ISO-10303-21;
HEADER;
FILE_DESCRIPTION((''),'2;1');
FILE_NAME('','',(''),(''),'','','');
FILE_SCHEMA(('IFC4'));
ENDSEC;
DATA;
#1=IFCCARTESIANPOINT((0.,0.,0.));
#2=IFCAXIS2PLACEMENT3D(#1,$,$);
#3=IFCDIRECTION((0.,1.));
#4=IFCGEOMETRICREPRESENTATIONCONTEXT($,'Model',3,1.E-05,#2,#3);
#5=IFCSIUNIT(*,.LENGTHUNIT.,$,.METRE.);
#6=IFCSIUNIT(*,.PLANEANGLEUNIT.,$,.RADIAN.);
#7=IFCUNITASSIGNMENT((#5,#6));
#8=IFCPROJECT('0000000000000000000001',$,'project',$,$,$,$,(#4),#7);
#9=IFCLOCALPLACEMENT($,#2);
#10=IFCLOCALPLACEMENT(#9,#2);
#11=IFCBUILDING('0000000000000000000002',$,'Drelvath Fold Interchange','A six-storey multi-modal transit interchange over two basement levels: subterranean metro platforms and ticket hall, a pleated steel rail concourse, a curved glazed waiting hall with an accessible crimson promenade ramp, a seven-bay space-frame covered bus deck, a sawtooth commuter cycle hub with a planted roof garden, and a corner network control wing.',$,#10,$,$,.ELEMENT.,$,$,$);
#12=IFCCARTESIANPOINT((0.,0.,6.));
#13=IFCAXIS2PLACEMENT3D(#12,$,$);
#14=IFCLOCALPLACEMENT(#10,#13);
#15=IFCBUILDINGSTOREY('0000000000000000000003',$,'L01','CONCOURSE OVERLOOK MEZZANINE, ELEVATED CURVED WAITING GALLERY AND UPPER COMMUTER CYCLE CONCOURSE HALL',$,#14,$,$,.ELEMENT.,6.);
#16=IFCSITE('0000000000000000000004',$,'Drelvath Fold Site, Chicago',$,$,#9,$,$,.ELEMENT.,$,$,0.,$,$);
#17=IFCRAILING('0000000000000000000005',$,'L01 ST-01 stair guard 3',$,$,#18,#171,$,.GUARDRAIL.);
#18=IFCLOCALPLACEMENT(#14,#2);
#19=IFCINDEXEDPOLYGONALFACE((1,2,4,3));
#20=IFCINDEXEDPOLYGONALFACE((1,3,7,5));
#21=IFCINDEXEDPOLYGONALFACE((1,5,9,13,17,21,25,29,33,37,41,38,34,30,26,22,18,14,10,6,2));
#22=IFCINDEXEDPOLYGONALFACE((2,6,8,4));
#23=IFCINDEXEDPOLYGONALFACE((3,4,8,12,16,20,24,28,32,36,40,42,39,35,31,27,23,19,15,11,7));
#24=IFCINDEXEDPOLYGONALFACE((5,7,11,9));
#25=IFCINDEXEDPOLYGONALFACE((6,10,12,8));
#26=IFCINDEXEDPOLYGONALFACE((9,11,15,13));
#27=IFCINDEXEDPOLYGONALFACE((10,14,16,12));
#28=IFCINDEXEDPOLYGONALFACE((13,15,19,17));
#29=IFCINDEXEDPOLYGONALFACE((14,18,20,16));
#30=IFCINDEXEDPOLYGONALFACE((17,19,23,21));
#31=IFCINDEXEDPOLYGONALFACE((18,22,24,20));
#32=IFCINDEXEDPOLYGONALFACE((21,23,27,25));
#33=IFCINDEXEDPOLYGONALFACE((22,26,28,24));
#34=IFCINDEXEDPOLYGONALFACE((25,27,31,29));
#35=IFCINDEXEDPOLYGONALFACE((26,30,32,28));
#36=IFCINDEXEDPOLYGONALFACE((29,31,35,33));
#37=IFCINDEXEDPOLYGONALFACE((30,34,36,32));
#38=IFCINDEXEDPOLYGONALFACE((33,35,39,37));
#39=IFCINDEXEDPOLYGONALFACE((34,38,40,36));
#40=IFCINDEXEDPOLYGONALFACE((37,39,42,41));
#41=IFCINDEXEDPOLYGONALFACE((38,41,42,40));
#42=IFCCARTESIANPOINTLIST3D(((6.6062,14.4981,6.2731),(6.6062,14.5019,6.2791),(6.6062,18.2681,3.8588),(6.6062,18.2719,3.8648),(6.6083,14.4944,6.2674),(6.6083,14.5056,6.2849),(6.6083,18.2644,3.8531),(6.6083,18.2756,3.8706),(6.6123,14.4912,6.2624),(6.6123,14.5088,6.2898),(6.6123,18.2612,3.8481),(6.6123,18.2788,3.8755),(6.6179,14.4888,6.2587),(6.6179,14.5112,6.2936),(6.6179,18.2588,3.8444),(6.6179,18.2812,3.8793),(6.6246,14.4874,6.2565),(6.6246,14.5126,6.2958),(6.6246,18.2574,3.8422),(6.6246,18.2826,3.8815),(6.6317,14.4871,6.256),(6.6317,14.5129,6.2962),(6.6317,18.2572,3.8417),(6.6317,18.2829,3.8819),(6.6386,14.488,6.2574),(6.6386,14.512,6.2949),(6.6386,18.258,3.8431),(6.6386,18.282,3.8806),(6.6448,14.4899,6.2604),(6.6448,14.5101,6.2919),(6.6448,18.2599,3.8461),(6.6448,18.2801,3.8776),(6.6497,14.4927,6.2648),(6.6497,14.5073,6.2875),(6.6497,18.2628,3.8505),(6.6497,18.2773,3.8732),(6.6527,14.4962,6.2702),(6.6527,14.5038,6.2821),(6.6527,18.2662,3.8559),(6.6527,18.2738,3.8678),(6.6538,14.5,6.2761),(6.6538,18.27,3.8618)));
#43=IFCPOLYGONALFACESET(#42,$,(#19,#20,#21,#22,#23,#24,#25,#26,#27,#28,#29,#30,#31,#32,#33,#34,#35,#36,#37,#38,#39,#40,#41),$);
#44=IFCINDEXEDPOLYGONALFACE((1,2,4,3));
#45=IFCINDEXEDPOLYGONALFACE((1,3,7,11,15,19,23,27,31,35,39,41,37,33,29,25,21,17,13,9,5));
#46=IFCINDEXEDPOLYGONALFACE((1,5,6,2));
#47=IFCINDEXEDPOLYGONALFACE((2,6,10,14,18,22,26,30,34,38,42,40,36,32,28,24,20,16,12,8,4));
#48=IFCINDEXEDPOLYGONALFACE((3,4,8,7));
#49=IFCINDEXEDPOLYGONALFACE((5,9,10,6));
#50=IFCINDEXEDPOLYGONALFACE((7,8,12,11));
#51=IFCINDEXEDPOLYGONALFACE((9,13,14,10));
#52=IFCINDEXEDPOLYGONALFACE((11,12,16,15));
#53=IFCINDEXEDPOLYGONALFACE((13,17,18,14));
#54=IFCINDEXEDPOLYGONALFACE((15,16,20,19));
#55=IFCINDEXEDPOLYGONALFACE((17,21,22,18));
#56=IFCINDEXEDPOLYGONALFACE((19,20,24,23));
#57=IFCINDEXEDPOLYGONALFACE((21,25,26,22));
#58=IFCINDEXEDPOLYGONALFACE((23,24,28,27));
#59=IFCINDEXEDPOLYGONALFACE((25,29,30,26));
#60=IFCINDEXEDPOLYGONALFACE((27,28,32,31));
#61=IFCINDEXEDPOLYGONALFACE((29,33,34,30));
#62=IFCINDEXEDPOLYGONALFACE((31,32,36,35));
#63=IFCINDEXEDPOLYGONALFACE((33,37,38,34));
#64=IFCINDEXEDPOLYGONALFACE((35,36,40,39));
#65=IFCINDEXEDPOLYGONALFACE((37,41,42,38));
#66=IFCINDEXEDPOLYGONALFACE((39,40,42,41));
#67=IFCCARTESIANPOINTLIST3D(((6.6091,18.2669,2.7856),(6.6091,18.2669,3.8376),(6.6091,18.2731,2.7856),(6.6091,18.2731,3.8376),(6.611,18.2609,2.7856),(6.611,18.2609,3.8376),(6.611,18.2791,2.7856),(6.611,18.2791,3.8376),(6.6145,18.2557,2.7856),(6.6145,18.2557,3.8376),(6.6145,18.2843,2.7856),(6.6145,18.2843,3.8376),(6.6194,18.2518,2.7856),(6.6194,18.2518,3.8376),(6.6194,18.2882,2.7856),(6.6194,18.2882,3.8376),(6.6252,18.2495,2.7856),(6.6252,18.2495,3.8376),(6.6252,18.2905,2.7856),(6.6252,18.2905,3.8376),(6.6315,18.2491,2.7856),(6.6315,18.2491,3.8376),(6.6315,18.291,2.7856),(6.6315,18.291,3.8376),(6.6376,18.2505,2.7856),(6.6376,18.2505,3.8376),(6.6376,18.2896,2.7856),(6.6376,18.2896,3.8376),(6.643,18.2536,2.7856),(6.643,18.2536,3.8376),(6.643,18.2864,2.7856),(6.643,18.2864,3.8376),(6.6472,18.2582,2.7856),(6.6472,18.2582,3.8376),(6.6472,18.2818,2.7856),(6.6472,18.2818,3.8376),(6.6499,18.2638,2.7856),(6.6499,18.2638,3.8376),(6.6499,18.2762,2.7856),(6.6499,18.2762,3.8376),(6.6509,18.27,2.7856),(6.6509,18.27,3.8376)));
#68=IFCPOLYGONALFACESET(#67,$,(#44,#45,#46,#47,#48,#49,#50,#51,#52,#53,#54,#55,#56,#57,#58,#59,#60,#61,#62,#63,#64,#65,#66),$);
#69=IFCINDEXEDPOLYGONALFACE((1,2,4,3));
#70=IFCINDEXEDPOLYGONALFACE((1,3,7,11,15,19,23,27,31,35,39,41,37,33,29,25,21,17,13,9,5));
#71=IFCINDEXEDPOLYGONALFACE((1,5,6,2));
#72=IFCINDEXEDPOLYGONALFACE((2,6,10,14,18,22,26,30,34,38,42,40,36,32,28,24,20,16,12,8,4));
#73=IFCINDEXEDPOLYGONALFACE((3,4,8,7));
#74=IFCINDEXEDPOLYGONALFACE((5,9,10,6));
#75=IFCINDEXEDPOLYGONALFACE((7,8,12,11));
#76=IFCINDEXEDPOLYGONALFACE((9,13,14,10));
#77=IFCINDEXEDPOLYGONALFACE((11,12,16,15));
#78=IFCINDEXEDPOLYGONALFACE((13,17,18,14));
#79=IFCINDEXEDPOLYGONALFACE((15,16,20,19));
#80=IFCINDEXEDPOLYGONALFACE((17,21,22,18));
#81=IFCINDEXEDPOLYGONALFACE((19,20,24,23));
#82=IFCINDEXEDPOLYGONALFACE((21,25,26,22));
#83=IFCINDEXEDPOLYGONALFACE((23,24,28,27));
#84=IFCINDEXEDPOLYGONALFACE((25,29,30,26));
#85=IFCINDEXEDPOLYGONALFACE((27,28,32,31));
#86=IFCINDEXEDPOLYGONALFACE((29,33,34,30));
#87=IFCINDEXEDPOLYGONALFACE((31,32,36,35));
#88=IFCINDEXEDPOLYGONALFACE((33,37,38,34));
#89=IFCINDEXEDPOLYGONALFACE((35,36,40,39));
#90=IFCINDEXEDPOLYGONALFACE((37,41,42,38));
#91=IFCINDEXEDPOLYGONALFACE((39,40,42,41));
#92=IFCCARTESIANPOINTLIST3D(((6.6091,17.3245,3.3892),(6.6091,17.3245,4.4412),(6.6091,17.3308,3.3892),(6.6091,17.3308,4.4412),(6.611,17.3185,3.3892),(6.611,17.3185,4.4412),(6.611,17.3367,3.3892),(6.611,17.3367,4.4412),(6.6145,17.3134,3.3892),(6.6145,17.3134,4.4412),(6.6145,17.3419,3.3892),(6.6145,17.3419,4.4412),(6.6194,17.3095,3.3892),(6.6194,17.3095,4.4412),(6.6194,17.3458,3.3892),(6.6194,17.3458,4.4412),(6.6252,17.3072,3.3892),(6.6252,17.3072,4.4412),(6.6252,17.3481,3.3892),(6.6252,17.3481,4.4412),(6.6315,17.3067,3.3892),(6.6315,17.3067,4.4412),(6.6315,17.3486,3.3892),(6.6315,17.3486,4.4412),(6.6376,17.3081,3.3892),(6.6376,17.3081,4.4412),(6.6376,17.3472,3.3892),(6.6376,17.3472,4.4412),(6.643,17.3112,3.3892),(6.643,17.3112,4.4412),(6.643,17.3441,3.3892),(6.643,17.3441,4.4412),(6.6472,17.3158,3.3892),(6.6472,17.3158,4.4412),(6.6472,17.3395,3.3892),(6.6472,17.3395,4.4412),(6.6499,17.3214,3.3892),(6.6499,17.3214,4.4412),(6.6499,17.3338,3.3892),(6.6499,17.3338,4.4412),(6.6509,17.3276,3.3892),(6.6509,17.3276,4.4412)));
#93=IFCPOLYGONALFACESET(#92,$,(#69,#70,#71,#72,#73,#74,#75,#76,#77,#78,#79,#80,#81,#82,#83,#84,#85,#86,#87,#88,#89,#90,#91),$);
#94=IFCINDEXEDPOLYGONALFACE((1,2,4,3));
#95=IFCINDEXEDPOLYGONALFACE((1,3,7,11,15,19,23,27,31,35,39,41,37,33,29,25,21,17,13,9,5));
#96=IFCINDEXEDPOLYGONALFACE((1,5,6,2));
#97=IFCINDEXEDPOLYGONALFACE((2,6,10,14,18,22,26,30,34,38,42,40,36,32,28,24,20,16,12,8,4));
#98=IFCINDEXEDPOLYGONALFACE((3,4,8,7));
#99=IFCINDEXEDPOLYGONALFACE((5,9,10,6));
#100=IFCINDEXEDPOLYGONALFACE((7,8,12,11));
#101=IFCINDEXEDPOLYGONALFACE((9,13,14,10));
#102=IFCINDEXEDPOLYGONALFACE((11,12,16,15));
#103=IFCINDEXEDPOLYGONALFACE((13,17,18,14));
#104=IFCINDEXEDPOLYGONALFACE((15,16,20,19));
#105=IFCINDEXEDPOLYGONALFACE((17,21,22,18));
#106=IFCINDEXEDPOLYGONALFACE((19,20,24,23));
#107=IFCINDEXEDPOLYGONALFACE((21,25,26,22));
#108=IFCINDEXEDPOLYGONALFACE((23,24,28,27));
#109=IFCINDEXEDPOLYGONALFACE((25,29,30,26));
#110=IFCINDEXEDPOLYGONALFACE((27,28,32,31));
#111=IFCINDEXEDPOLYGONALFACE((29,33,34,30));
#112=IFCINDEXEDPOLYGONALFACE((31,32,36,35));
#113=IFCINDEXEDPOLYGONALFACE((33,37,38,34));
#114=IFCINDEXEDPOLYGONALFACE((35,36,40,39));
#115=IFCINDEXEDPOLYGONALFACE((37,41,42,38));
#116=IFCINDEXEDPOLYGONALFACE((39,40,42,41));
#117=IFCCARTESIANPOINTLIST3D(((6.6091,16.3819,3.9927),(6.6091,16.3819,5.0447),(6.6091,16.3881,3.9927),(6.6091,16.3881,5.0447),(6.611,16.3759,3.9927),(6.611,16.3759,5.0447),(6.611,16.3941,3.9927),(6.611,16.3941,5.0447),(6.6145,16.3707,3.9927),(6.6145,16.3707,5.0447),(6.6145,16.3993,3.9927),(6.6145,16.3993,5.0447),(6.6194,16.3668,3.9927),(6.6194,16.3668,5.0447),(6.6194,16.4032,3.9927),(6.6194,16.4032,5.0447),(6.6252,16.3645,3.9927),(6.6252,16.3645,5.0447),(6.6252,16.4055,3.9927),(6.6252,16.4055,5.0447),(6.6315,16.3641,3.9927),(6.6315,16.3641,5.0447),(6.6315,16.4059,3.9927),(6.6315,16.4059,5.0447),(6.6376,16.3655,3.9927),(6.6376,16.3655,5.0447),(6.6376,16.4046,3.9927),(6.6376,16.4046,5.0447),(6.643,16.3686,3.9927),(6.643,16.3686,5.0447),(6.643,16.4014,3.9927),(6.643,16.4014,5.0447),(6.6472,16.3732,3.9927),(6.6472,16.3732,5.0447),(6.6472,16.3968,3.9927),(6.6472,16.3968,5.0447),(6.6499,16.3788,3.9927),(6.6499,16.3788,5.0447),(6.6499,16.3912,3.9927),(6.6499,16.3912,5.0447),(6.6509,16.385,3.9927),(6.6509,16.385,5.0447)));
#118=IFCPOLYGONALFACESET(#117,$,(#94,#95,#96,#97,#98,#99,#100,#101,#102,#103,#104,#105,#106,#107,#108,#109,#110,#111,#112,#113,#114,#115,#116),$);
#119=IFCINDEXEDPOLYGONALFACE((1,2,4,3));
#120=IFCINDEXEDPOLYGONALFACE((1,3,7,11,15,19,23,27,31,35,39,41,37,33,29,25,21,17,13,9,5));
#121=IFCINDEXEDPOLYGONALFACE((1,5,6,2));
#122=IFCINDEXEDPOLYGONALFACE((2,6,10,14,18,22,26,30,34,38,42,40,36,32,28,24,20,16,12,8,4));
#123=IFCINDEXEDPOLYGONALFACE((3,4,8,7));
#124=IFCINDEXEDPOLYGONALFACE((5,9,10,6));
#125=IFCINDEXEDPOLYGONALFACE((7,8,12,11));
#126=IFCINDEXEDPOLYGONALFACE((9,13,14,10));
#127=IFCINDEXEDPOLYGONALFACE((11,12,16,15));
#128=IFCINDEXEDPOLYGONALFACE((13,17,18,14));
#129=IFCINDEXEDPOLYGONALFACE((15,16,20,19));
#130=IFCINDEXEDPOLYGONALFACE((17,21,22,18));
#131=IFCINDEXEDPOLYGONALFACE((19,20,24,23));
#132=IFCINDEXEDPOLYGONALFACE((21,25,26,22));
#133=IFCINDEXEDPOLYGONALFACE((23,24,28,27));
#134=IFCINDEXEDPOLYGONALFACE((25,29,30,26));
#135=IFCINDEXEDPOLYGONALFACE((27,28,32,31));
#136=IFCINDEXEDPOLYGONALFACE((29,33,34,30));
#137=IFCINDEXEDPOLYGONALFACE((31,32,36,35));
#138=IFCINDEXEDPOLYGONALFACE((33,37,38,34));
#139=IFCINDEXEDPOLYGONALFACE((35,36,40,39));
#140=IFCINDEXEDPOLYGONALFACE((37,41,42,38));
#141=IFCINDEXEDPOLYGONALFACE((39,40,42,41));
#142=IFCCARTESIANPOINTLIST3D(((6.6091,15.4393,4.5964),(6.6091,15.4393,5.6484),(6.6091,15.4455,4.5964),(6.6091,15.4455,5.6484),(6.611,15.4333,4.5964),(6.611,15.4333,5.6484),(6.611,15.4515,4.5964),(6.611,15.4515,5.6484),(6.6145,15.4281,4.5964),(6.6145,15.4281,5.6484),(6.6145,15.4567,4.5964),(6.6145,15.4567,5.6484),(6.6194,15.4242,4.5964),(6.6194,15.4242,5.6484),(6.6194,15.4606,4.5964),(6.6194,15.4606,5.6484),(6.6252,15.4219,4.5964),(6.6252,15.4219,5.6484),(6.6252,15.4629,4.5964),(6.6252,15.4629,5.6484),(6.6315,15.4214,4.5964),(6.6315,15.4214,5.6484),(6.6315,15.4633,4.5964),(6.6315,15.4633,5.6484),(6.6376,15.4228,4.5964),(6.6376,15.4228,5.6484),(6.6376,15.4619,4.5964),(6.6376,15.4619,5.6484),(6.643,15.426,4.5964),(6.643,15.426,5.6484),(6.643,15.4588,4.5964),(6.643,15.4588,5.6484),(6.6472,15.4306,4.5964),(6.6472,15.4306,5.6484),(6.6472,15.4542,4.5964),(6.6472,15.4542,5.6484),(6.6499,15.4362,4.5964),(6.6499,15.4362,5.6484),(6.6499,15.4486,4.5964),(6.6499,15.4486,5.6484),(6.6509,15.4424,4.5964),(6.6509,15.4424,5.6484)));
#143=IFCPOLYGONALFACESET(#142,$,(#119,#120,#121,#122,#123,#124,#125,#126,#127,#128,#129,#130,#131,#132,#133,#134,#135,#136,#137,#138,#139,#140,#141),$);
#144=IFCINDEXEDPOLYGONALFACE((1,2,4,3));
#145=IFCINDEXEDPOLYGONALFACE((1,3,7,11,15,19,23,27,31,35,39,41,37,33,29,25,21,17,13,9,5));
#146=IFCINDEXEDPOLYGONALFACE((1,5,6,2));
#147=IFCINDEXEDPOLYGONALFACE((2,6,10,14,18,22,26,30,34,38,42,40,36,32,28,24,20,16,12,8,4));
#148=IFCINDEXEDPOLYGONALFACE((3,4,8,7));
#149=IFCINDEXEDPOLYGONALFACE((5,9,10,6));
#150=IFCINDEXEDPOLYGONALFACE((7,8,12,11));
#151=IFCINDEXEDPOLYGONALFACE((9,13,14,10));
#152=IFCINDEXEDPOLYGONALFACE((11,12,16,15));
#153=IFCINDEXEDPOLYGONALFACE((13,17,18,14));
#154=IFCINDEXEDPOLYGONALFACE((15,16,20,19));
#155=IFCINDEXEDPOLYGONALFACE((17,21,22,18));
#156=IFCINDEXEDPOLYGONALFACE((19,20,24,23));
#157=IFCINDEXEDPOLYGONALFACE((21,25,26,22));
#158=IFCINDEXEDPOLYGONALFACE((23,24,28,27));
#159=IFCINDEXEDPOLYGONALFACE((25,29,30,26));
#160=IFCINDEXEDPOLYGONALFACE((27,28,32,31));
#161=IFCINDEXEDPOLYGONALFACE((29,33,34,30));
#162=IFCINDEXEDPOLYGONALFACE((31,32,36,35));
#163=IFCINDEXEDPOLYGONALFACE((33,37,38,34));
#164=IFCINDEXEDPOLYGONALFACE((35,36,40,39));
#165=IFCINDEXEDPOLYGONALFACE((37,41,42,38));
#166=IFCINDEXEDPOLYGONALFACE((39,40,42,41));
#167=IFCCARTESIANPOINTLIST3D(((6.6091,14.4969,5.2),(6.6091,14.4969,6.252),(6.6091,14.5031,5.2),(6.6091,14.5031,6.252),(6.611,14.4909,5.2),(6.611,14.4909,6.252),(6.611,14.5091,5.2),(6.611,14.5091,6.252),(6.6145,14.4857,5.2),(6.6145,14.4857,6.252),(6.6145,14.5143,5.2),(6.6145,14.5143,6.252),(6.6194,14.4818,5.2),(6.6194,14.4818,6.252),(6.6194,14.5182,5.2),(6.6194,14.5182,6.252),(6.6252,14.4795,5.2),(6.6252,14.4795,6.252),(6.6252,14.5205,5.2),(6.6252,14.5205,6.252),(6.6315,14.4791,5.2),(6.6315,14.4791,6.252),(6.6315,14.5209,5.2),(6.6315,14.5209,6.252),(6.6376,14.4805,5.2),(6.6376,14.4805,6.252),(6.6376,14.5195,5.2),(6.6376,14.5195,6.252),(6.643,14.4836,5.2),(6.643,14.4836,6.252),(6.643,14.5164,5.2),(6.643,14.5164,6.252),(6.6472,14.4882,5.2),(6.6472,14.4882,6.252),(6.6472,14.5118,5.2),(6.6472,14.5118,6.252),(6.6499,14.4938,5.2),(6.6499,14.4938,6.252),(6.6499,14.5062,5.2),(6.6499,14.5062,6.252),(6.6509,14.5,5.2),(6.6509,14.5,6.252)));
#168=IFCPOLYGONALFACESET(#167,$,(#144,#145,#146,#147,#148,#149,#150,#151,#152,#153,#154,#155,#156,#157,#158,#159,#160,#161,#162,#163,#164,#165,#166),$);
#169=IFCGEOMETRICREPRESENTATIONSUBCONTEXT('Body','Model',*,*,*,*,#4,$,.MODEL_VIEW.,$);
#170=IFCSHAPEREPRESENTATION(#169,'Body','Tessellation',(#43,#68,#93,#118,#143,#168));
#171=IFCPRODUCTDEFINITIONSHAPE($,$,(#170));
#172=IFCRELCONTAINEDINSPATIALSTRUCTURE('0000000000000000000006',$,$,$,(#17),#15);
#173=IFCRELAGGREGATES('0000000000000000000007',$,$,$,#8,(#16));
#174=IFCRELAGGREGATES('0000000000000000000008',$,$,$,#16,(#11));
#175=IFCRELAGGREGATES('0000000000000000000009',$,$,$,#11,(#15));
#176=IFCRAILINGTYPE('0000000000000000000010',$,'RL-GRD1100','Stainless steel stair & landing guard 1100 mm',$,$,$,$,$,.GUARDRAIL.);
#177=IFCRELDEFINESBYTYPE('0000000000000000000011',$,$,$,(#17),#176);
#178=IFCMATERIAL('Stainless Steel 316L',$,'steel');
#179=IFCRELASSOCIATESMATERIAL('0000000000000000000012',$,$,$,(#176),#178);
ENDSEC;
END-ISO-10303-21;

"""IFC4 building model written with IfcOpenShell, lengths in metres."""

from ifc_helpers import new_model, si_unit, direction, frame, origin, origin_2d, place, context, subcontext, project, spatial, circle, extrude, material, type_object, element, save


model = new_model("IFC4")

# Units and contexts
model_context = context("Model", 3, precision=1e-05, world=origin(), true_north=direction((0.0, 1.0)))
body_context = subcontext(model_context, "Body", "Model", "MODEL_VIEW")
ifc_project = project(units=[si_unit("LENGTHUNIT", "METRE"), si_unit("PLANEANGLEUNIT", "RADIAN")], contexts=[model_context])

# Site, building, storey
site_placement = place(None, origin())
site = spatial("IfcSite", under=ifc_project, at=site_placement, Name="Drelvath Fold Site, Chicago", CompositionType="ELEMENT", RefElevation=0.0)
building_placement = place(site_placement, origin())
building = spatial("IfcBuilding", under=site, at=building_placement, Name="Drelvath Fold Interchange", Description="A six-storey multi-modal transit interchange over two basement levels: subterranean metro platforms and ticket hall, a pleated steel rail concourse, a curved glazed waiting hall with an accessible crimson promenade ramp, a seven-bay space-frame covered bus deck, a sawtooth commuter cycle hub with a planted roof garden, and a corner network control wing.", CompositionType="ELEMENT")
storey_placement = place(building_placement, frame((0.0, 0.0, 6.0)))
storey = spatial("IfcBuildingStorey", under=building, at=storey_placement, Name="L01", Description="CONCOURSE OVERLOOK MEZZANINE, ELEVATED CURVED WAITING GALLERY AND UPPER COMMUTER CYCLE CONCOURSE HALL", CompositionType="ELEMENT", Elevation=6.0)

# Railing
ifc_material_1 = material(Name="Stainless Steel 316L", Category="steel")
railing_type_1 = type_object("IfcRailingType", Name="RL-GRD1100", Description="Stainless steel stair & landing guard 1100 mm", PredefinedType="GUARDRAIL", material=ifc_material_1)
railing_1_placement = place(storey_placement, frame((6.6299, 18.27, 2.7856)))
element("IfcRailing", 1, at=railing_1_placement, inside=storey, type_object=railing_type_1, Name="L01 ST-01 stair guard 3", PredefinedType="GUARDRAIL", context=body_context, shape_type="SweptSolid", body=[
    extrude(circle(Radius=0.0239, at=origin_2d()), frame((0.0, 0.0, 1.0762), z_axis=(0.0, -0.84212, 0.53929), x_axis=(1.0, 0.0, 0.0)), (0.0, 0.0, 1.0), 4.4768),
    extrude(circle(Radius=0.021, at=origin_2d()), origin(), (0.0, 0.0, 1.0), 1.052),
    extrude(circle(Radius=0.021, at=origin_2d()), frame((0.0, -0.9424, 0.6035)), (0.0, 0.0, 1.0), 1.052),
    extrude(circle(Radius=0.021, at=origin_2d()), frame((0.0, -1.885, 1.207)), (0.0, 0.0, 1.0), 1.052),
    extrude(circle(Radius=0.021, at=origin_2d()), frame((0.0, -2.8276, 1.8108)), (0.0, 0.0, 1.0), 1.052),
    extrude(circle(Radius=0.021, at=origin_2d()), frame((0.0, -3.77, 2.4143)), (0.0, 0.0, 1.0), 1.052),
])

save(model, "model.ifc")
